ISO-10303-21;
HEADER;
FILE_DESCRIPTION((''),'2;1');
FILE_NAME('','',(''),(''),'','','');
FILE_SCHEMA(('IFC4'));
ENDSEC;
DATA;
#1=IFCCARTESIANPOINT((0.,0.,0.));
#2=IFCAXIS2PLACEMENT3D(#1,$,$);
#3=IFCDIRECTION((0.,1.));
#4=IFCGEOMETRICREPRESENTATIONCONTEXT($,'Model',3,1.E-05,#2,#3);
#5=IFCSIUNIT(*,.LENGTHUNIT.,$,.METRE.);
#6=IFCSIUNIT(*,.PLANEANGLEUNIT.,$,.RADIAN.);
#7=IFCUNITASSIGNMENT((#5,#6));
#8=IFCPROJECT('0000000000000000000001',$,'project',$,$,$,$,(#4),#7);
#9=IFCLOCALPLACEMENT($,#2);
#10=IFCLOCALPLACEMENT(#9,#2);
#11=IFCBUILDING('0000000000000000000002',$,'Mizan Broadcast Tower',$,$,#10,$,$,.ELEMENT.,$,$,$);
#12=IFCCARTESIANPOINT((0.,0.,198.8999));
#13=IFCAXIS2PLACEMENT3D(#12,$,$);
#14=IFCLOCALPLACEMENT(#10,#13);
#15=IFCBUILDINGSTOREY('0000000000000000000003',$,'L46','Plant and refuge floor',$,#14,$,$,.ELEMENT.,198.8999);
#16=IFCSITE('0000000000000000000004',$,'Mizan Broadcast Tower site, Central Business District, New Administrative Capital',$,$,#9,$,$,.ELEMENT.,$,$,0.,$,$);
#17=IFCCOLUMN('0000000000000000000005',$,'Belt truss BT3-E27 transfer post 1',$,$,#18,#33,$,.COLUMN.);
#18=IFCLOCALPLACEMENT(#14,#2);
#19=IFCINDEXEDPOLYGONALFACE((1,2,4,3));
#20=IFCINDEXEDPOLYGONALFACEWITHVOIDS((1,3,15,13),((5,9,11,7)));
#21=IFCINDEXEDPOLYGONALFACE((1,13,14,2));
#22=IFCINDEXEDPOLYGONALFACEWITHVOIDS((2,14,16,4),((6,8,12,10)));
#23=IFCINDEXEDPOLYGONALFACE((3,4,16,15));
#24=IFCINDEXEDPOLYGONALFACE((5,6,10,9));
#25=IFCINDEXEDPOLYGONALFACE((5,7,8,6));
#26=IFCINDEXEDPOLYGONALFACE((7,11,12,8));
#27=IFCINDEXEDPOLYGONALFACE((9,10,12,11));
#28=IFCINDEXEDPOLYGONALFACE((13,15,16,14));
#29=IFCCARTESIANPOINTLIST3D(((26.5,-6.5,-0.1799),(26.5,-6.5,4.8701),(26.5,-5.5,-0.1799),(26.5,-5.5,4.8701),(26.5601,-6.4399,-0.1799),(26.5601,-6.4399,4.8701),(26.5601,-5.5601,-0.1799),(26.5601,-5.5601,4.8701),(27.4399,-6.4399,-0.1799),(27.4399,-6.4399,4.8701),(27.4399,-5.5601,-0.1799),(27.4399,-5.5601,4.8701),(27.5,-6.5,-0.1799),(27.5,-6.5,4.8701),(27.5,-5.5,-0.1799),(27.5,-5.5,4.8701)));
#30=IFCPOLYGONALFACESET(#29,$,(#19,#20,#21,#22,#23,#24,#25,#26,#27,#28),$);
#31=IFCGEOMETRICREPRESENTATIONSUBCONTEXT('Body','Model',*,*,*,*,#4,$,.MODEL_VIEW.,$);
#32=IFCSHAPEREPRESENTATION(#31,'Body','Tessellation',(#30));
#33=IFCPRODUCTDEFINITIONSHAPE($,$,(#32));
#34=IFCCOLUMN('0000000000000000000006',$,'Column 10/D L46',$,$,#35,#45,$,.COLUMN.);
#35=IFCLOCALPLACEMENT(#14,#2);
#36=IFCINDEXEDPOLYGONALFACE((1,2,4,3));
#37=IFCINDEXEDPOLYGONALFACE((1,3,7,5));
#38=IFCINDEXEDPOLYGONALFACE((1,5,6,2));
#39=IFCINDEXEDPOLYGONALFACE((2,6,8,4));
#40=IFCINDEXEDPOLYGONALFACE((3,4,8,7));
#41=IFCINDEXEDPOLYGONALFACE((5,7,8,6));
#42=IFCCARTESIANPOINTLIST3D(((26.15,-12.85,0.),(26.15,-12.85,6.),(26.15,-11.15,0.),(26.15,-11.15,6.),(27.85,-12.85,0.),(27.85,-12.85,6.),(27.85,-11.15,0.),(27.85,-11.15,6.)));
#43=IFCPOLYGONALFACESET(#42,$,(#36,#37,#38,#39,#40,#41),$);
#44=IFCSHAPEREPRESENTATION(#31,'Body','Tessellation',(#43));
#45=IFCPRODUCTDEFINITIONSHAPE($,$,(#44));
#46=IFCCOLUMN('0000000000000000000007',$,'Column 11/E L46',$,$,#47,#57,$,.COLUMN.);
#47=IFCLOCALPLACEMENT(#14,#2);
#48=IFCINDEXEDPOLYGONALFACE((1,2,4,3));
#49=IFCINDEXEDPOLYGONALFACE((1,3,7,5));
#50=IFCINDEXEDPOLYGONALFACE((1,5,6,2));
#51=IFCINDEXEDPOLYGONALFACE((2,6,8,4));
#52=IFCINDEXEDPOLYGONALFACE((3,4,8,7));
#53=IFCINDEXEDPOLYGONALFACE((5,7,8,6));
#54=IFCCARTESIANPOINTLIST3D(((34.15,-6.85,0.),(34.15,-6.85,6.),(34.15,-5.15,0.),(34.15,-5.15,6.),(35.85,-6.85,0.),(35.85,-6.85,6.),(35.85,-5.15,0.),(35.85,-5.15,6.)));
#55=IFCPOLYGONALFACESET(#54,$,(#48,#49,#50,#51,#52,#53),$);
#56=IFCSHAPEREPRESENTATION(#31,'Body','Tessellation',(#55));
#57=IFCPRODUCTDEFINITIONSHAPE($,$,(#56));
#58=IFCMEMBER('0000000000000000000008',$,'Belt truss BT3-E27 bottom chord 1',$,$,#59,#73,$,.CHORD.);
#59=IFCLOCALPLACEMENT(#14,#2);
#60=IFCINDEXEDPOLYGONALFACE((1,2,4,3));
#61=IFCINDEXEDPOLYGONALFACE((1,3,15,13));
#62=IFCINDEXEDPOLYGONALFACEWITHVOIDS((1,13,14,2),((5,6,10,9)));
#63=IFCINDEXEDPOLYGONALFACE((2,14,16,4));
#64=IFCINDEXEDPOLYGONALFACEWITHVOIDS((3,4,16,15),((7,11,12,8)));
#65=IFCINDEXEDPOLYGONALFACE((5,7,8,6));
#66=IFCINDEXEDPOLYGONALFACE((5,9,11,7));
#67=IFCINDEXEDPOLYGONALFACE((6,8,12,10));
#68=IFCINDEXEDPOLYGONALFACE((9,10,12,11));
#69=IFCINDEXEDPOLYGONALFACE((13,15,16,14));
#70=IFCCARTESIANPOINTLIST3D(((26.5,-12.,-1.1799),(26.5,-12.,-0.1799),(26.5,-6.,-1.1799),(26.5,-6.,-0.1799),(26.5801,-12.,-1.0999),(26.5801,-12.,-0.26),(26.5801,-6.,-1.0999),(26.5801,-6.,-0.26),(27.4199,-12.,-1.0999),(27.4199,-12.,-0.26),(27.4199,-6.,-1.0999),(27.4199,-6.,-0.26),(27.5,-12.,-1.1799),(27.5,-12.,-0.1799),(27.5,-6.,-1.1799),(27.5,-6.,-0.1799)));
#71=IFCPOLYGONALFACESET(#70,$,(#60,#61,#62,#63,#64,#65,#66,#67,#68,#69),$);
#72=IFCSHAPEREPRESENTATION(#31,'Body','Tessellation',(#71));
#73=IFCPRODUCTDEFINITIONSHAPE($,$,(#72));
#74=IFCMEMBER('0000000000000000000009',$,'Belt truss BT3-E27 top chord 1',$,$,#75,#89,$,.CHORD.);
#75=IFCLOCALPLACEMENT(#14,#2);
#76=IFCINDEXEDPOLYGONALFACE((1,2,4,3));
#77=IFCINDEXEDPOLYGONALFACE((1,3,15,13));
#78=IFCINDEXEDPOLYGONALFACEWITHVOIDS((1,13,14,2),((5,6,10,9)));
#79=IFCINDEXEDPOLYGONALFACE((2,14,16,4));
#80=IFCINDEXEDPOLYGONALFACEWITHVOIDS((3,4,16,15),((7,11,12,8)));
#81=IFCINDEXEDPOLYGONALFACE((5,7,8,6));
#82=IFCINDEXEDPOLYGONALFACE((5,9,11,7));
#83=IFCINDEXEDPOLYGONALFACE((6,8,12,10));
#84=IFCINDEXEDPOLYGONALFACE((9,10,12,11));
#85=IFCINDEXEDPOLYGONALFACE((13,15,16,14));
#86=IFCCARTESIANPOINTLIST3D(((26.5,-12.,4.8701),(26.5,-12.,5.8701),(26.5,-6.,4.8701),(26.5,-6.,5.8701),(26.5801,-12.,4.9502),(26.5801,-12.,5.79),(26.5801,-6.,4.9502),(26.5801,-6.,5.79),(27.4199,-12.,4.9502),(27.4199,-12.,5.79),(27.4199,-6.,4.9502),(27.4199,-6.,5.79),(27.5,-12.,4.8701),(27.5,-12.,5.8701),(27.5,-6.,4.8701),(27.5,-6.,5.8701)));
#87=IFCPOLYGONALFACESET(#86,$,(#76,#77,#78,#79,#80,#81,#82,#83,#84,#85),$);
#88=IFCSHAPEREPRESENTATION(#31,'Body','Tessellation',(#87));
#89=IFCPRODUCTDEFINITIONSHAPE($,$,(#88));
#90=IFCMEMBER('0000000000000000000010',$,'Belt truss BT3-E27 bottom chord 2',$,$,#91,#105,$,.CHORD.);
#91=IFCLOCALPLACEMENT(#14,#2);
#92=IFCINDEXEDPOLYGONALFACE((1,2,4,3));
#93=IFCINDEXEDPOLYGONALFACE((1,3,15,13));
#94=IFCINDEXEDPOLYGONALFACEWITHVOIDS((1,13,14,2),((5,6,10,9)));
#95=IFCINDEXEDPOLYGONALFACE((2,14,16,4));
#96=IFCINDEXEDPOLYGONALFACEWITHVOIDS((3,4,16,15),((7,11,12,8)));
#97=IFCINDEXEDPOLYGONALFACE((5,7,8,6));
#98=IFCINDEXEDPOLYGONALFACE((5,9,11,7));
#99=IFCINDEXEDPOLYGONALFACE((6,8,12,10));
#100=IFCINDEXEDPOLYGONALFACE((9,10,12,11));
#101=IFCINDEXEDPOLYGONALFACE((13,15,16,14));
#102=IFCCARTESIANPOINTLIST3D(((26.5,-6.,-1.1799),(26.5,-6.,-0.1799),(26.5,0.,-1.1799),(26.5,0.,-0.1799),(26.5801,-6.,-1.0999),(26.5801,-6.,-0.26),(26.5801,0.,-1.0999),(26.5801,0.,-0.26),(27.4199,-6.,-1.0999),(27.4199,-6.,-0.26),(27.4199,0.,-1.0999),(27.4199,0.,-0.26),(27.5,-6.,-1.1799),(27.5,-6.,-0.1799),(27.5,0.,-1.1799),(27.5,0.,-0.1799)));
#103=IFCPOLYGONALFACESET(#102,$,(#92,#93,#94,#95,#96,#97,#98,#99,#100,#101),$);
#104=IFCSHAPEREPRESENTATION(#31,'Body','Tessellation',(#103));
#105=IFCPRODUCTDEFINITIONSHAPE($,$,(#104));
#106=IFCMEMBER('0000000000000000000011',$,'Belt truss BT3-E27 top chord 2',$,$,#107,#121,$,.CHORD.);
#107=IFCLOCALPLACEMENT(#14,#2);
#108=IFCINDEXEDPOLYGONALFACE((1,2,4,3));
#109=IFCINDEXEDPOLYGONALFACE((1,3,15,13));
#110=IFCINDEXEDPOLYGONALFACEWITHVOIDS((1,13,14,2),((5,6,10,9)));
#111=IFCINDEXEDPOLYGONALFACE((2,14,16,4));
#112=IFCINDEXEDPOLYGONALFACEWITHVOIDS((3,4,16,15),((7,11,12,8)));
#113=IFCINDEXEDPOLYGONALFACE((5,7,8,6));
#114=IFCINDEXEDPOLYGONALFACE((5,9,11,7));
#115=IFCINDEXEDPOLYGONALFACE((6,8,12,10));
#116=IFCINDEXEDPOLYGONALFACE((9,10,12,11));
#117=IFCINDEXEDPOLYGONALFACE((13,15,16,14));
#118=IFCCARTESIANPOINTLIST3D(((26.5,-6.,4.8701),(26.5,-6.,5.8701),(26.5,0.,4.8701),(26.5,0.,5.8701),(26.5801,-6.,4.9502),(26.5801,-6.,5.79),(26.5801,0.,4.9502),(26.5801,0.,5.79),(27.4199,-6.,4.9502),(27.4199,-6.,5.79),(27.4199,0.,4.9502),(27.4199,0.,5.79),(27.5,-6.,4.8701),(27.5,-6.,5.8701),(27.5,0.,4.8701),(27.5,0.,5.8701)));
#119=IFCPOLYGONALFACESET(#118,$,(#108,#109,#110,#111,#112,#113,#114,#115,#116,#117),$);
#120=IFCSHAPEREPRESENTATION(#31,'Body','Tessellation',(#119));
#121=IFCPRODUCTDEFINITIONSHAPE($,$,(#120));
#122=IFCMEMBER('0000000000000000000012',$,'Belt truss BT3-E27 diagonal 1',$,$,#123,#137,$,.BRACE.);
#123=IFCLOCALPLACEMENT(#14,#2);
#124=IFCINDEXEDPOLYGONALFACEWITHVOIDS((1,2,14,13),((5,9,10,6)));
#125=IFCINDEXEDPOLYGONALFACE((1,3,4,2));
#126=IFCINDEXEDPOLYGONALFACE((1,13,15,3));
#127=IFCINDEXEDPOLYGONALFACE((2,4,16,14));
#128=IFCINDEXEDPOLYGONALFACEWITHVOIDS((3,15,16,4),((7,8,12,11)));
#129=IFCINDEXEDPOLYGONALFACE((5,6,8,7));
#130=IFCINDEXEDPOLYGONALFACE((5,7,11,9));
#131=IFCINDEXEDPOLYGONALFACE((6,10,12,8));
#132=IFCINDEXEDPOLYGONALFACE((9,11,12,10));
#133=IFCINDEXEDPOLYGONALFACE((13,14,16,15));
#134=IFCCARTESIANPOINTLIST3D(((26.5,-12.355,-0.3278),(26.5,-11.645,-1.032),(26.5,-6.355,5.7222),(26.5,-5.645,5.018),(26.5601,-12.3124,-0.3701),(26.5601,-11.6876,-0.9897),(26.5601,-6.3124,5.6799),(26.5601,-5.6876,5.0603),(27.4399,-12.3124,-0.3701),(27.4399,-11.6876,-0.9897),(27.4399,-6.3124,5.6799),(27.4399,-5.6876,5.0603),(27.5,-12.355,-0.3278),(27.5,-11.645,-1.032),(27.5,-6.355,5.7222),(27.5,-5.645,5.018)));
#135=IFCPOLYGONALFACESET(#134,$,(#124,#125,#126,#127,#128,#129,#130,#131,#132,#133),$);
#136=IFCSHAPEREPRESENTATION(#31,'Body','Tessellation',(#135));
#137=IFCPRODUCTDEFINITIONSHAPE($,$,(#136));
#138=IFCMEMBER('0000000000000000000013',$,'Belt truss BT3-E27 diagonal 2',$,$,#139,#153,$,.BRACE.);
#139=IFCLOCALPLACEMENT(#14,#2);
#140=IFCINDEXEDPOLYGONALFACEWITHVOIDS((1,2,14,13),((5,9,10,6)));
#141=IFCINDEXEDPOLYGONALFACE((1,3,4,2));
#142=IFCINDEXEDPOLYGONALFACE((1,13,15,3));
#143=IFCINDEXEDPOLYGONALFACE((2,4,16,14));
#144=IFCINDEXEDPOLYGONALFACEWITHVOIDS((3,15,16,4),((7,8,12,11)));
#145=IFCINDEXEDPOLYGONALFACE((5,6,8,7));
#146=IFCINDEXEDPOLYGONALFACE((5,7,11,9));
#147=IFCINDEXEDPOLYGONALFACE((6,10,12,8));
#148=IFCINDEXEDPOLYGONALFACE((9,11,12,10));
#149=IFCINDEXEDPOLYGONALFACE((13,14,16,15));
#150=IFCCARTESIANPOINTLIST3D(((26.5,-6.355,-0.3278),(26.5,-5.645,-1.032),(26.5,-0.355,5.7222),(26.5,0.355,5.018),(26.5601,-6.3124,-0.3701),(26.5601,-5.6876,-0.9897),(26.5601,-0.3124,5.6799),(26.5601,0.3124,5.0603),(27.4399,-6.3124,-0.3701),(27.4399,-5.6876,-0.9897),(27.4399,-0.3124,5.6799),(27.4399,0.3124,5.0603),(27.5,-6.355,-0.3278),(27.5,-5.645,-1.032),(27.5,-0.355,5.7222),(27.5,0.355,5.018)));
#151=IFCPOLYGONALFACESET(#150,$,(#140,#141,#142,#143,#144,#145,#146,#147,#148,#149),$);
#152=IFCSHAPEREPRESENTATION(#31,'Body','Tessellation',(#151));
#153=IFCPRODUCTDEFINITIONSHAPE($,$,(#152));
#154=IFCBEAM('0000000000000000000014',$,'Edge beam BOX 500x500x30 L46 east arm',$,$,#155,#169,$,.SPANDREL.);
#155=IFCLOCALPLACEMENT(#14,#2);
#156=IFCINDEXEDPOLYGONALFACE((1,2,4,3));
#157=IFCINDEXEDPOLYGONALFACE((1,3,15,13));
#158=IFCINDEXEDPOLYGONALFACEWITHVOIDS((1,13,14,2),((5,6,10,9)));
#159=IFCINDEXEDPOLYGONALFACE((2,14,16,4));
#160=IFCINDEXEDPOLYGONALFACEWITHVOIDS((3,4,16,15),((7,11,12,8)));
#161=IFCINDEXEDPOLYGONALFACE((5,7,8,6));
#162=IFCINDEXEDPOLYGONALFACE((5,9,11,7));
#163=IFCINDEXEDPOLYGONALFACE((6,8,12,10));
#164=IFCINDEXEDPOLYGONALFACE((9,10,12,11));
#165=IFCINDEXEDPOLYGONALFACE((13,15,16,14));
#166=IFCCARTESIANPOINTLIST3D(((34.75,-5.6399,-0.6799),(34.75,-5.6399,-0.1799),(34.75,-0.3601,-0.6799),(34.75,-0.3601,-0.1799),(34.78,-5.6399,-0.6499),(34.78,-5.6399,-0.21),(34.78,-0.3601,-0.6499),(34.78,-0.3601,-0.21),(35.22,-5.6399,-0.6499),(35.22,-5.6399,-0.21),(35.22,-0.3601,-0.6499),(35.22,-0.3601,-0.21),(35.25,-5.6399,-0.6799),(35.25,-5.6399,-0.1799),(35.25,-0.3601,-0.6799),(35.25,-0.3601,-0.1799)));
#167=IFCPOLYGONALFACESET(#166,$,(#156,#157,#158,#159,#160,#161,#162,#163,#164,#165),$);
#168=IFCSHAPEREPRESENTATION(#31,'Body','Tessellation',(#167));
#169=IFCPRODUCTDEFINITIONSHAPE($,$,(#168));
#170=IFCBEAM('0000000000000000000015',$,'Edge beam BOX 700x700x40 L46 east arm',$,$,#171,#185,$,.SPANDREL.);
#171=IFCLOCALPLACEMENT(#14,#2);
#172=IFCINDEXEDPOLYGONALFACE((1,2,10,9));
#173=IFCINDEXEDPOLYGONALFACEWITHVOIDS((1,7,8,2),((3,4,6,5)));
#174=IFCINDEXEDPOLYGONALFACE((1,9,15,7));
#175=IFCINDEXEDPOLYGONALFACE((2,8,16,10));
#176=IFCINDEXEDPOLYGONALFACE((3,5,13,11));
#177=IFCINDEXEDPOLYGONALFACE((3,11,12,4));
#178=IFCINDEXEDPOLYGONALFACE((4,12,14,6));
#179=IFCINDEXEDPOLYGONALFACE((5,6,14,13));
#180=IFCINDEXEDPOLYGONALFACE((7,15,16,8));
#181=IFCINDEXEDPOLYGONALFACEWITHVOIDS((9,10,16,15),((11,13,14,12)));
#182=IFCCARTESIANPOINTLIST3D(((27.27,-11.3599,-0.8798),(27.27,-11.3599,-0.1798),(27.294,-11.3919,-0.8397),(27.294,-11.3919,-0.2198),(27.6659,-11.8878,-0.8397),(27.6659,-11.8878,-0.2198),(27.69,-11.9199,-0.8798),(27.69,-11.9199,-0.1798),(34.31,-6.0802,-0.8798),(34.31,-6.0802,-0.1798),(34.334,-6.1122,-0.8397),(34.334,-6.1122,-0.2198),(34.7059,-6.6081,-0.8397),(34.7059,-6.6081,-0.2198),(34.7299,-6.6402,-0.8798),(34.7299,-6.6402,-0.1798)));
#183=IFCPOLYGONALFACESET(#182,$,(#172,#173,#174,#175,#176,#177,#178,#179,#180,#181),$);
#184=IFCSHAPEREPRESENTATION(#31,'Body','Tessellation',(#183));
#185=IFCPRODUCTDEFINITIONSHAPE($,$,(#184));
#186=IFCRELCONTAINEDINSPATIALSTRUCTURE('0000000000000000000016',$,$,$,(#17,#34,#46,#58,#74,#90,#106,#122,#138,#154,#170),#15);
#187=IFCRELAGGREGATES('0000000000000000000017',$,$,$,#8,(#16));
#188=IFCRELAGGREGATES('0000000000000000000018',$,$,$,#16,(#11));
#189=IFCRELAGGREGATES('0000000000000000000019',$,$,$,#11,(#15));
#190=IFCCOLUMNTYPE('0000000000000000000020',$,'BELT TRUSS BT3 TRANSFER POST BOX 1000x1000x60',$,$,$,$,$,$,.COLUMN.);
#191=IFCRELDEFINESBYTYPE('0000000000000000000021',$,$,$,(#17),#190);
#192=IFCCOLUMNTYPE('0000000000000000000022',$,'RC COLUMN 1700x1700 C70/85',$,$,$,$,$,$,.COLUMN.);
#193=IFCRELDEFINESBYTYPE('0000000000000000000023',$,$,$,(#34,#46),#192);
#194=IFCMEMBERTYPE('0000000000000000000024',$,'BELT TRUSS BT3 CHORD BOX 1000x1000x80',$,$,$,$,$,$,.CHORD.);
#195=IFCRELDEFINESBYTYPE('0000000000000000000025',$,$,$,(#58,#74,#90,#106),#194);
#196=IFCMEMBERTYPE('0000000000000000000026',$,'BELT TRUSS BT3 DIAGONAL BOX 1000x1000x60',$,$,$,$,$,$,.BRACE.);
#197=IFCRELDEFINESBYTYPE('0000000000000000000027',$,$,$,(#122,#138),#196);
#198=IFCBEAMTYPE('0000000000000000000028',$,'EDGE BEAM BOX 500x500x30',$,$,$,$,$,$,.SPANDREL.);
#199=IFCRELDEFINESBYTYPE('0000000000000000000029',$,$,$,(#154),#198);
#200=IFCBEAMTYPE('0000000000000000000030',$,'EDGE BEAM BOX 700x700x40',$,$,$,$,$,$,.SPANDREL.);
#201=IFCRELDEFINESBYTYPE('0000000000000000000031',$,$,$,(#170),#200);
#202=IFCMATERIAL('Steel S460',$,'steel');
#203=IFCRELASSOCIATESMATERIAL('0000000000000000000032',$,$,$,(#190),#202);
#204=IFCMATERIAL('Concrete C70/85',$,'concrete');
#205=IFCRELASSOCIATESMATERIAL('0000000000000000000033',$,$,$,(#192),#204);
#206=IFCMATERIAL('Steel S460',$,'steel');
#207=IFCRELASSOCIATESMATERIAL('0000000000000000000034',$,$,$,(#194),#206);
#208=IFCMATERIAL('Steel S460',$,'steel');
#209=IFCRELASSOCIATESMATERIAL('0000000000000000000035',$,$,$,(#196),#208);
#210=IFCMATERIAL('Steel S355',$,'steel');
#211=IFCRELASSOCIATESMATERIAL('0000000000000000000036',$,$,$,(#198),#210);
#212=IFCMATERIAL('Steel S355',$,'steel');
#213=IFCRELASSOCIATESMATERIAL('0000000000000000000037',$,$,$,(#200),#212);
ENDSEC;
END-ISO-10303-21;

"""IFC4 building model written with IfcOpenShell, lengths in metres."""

from ifc_helpers import new_model, si_unit, direction, frame, origin, origin_2d, place, context, subcontext, project, spatial, rectangle, hollow_rectangle, extrude, material, material_profile, profile_set, type_object, element, save


model = new_model("IFC4")

# Units and contexts
model_context = context("Model", 3, precision=1e-05, world=origin(), true_north=direction((0.0, 1.0)))
body_context = subcontext(model_context, "Body", "Model", "MODEL_VIEW")
ifc_project = project(units=[si_unit("LENGTHUNIT", "METRE"), si_unit("PLANEANGLEUNIT", "RADIAN")], contexts=[model_context])

# Site, building, storey
site_placement = place(None, origin())
site = spatial("IfcSite", under=ifc_project, at=site_placement, Name="Mizan Broadcast Tower site, Central Business District, New Administrative Capital", CompositionType="ELEMENT", RefElevation=0.0)
building_placement = place(site_placement, origin())
building = spatial("IfcBuilding", under=site, at=building_placement, Name="Mizan Broadcast Tower", CompositionType="ELEMENT")
storey_placement = place(building_placement, frame((0.0, 0.0, 198.8999)))
storey = spatial("IfcBuildingStorey", under=building, at=storey_placement, Name="L46", Description="Plant and refuge floor", CompositionType="ELEMENT", Elevation=198.8999)

# Columns
ifc_material_1 = material(Name="Steel S460", Category="steel")
ifc_material_profile_1 = material_profile(ifc_material_1, hollow_rectangle(XDim=1.0, YDim=1.0, WallThickness=0.0601, at=origin_2d()), Name="BOX 1000x1000x60")
ifc_profile_set_1 = profile_set([ifc_material_profile_1], Name="Steel S460")
column_type_1 = type_object("IfcColumnType", Name="BELT TRUSS BT3 TRANSFER POST BOX 1000x1000x60", PredefinedType="COLUMN", material=ifc_profile_set_1)
column_placement = place(storey_placement, frame((27.0, -6.0, -0.1799), z_axis=(0.0, 0.0, 1.0), x_axis=(1.0, 0.0, 0.0)))
element("IfcColumn", 1, at=column_placement, inside=storey, type_object=column_type_1, Name="Belt truss BT3-E27 transfer post 1", PredefinedType="COLUMN", context=body_context, shape_type="SweptSolid", body=[
    extrude(hollow_rectangle(XDim=1.0, YDim=1.0, WallThickness=0.0601, at=origin_2d()), origin(), (0.0, 0.0, 1.0), 5.05),
])
ifc_material_2 = material(Name="Concrete C70/85", Category="concrete")
ifc_material_profile_2 = material_profile(ifc_material_2, rectangle(XDim=1.7, YDim=1.7, at=origin_2d()), Name="RC 1700x1700")
ifc_profile_set_2 = profile_set([ifc_material_profile_2], Name="Concrete C70/85")
column_type_2 = type_object("IfcColumnType", Name="RC COLUMN 1700x1700 C70/85", PredefinedType="COLUMN", material=ifc_profile_set_2)
for number, where, z_axis, x_axis, name in (
    (2, (27.0, -12.0, 0.0), (0.0, 0.0, 1.0), (1.0, 0.0, 0.0), "Column 10/D L46"),
    (3, (35.0, -6.0, 0.0), (0.0, 0.0, 1.0), (1.0, 0.0, 0.0), "Column 11/E L46"),
):
    element("IfcColumn", number, at=place(storey_placement, frame(where, z_axis=z_axis, x_axis=x_axis)), inside=storey, type_object=column_type_2, Name=name, PredefinedType="COLUMN", context=body_context, shape_type="SweptSolid", body=[
        extrude(rectangle(XDim=1.7, YDim=1.7, at=origin_2d()), origin(), (0.0, 0.0, 1.0), 6.0),
    ])

# Members
ifc_material_3 = material(Name="Steel S460", Category="steel")
ifc_material_profile_3 = material_profile(ifc_material_3, hollow_rectangle(XDim=1.0, YDim=1.0, WallThickness=0.0801, at=origin_2d()), Name="BOX 1000x1000x80")
ifc_profile_set_3 = profile_set([ifc_material_profile_3], Name="Steel S460")
member_type_1 = type_object("IfcMemberType", Name="BELT TRUSS BT3 CHORD BOX 1000x1000x80", PredefinedType="CHORD", material=ifc_profile_set_3)
for number, where, z_axis, x_axis, name in (
    (4, (27.0, -12.0, -0.6799), (0.0, 1.0, 0.0), (-1.0, 0.0, 0.0), "Belt truss BT3-E27 bottom chord 1"),
    (5, (27.0, -12.0, 5.3701), (0.0, 1.0, 0.0), (-1.0, 0.0, 0.0), "Belt truss BT3-E27 top chord 1"),
    (6, (27.0, -6.0, -0.6799), (0.0, 1.0, 0.0), (-1.0, 0.0, 0.0), "Belt truss BT3-E27 bottom chord 2"),
    (7, (27.0, -6.0, 5.3701), (0.0, 1.0, 0.0), (-1.0, 0.0, 0.0), "Belt truss BT3-E27 top chord 2"),
):
    element("IfcMember", number, at=place(storey_placement, frame(where, z_axis=z_axis, x_axis=x_axis)), inside=storey, type_object=member_type_1, Name=name, PredefinedType="CHORD", context=body_context, shape_type="SweptSolid", body=[
        extrude(hollow_rectangle(XDim=1.0, YDim=1.0, WallThickness=0.0801, at=origin_2d()), origin(), (0.0, 0.0, 1.0), 6.0),
    ])
ifc_material_4 = material(Name="Steel S460", Category="steel")
ifc_material_profile_4 = material_profile(ifc_material_4, hollow_rectangle(XDim=1.0, YDim=1.0, WallThickness=0.0601, at=origin_2d()), Name="BOX 1000x1000x60")
ifc_profile_set_4 = profile_set([ifc_material_profile_4], Name="Steel S460")
member_type_2 = type_object("IfcMemberType", Name="BELT TRUSS BT3 DIAGONAL BOX 1000x1000x60", PredefinedType="BRACE", material=ifc_profile_set_4)
for number, where, z_axis, x_axis, name in (
    (8, (27.0, -12.0, -0.6799), (0.0, 0.704164, 0.710038), (-1.0, 0.0, 0.0), "Belt truss BT3-E27 diagonal 1"),
    (9, (27.0, -6.0, -0.6799), (0.0, 0.704164, 0.710038), (-1.0, 0.0, 0.0), "Belt truss BT3-E27 diagonal 2"),
):
    element("IfcMember", number, at=place(storey_placement, frame(where, z_axis=z_axis, x_axis=x_axis)), inside=storey, type_object=member_type_2, Name=name, PredefinedType="BRACE", context=body_context, shape_type="SweptSolid", body=[
        extrude(hollow_rectangle(XDim=1.0, YDim=1.0, WallThickness=0.0601, at=origin_2d()), origin(), (0.0, 0.0, 1.0), 8.5208),
    ])

# Beams
ifc_material_5 = material(Name="Steel S355", Category="steel")
ifc_material_profile_5 = material_profile(ifc_material_5, hollow_rectangle(XDim=0.5, YDim=0.5, WallThickness=0.03, at=origin_2d()), Name="BOX 500x500x30")
ifc_profile_set_5 = profile_set([ifc_material_profile_5], Name="Steel S355")
beam_type_1 = type_object("IfcBeamType", Name="EDGE BEAM BOX 500x500x30", PredefinedType="SPANDREL", material=ifc_profile_set_5)
beam_1_placement = place(storey_placement, frame((35.0, -5.6399, -0.4299), z_axis=(0.0, 1.0, 0.0), x_axis=(-1.0, 0.0, 0.0)))
element("IfcBeam", 10, at=beam_1_placement, inside=storey, type_object=beam_type_1, Name="Edge beam BOX 500x500x30 L46 east arm", PredefinedType="SPANDREL", context=body_context, shape_type="SweptSolid", body=[
    extrude(hollow_rectangle(XDim=0.5, YDim=0.5, WallThickness=0.03, at=origin_2d()), origin(), (0.0, 0.0, 1.0), 5.2798),
])
ifc_material_6 = material(Name="Steel S355", Category="steel")
ifc_material_profile_6 = material_profile(ifc_material_6, hollow_rectangle(XDim=0.7, YDim=0.7, WallThickness=0.04, at=origin_2d()), Name="BOX 700x700x40")
ifc_profile_set_6 = profile_set([ifc_material_profile_6], Name="Steel S355")
beam_type_2 = type_object("IfcBeamType", Name="EDGE BEAM BOX 700x700x40", PredefinedType="SPANDREL", material=ifc_profile_set_6)
beam_2_placement = place(storey_placement, frame((27.48, -11.6399, -0.5298), z_axis=(0.800013, 0.599982, 0.0), x_axis=(-0.599982, 0.800013, 0.0)))
element("IfcBeam", 11, at=beam_2_placement, inside=storey, type_object=beam_type_2, Name="Edge beam BOX 700x700x40 L46 east arm", PredefinedType="SPANDREL", context=body_context, shape_type="SweptSolid", body=[
    extrude(hollow_rectangle(XDim=0.7, YDim=0.7, WallThickness=0.04, at=origin_2d()), origin(), (0.0, 0.0, 1.0), 8.7998),
])

save(model, "model.ifc")
